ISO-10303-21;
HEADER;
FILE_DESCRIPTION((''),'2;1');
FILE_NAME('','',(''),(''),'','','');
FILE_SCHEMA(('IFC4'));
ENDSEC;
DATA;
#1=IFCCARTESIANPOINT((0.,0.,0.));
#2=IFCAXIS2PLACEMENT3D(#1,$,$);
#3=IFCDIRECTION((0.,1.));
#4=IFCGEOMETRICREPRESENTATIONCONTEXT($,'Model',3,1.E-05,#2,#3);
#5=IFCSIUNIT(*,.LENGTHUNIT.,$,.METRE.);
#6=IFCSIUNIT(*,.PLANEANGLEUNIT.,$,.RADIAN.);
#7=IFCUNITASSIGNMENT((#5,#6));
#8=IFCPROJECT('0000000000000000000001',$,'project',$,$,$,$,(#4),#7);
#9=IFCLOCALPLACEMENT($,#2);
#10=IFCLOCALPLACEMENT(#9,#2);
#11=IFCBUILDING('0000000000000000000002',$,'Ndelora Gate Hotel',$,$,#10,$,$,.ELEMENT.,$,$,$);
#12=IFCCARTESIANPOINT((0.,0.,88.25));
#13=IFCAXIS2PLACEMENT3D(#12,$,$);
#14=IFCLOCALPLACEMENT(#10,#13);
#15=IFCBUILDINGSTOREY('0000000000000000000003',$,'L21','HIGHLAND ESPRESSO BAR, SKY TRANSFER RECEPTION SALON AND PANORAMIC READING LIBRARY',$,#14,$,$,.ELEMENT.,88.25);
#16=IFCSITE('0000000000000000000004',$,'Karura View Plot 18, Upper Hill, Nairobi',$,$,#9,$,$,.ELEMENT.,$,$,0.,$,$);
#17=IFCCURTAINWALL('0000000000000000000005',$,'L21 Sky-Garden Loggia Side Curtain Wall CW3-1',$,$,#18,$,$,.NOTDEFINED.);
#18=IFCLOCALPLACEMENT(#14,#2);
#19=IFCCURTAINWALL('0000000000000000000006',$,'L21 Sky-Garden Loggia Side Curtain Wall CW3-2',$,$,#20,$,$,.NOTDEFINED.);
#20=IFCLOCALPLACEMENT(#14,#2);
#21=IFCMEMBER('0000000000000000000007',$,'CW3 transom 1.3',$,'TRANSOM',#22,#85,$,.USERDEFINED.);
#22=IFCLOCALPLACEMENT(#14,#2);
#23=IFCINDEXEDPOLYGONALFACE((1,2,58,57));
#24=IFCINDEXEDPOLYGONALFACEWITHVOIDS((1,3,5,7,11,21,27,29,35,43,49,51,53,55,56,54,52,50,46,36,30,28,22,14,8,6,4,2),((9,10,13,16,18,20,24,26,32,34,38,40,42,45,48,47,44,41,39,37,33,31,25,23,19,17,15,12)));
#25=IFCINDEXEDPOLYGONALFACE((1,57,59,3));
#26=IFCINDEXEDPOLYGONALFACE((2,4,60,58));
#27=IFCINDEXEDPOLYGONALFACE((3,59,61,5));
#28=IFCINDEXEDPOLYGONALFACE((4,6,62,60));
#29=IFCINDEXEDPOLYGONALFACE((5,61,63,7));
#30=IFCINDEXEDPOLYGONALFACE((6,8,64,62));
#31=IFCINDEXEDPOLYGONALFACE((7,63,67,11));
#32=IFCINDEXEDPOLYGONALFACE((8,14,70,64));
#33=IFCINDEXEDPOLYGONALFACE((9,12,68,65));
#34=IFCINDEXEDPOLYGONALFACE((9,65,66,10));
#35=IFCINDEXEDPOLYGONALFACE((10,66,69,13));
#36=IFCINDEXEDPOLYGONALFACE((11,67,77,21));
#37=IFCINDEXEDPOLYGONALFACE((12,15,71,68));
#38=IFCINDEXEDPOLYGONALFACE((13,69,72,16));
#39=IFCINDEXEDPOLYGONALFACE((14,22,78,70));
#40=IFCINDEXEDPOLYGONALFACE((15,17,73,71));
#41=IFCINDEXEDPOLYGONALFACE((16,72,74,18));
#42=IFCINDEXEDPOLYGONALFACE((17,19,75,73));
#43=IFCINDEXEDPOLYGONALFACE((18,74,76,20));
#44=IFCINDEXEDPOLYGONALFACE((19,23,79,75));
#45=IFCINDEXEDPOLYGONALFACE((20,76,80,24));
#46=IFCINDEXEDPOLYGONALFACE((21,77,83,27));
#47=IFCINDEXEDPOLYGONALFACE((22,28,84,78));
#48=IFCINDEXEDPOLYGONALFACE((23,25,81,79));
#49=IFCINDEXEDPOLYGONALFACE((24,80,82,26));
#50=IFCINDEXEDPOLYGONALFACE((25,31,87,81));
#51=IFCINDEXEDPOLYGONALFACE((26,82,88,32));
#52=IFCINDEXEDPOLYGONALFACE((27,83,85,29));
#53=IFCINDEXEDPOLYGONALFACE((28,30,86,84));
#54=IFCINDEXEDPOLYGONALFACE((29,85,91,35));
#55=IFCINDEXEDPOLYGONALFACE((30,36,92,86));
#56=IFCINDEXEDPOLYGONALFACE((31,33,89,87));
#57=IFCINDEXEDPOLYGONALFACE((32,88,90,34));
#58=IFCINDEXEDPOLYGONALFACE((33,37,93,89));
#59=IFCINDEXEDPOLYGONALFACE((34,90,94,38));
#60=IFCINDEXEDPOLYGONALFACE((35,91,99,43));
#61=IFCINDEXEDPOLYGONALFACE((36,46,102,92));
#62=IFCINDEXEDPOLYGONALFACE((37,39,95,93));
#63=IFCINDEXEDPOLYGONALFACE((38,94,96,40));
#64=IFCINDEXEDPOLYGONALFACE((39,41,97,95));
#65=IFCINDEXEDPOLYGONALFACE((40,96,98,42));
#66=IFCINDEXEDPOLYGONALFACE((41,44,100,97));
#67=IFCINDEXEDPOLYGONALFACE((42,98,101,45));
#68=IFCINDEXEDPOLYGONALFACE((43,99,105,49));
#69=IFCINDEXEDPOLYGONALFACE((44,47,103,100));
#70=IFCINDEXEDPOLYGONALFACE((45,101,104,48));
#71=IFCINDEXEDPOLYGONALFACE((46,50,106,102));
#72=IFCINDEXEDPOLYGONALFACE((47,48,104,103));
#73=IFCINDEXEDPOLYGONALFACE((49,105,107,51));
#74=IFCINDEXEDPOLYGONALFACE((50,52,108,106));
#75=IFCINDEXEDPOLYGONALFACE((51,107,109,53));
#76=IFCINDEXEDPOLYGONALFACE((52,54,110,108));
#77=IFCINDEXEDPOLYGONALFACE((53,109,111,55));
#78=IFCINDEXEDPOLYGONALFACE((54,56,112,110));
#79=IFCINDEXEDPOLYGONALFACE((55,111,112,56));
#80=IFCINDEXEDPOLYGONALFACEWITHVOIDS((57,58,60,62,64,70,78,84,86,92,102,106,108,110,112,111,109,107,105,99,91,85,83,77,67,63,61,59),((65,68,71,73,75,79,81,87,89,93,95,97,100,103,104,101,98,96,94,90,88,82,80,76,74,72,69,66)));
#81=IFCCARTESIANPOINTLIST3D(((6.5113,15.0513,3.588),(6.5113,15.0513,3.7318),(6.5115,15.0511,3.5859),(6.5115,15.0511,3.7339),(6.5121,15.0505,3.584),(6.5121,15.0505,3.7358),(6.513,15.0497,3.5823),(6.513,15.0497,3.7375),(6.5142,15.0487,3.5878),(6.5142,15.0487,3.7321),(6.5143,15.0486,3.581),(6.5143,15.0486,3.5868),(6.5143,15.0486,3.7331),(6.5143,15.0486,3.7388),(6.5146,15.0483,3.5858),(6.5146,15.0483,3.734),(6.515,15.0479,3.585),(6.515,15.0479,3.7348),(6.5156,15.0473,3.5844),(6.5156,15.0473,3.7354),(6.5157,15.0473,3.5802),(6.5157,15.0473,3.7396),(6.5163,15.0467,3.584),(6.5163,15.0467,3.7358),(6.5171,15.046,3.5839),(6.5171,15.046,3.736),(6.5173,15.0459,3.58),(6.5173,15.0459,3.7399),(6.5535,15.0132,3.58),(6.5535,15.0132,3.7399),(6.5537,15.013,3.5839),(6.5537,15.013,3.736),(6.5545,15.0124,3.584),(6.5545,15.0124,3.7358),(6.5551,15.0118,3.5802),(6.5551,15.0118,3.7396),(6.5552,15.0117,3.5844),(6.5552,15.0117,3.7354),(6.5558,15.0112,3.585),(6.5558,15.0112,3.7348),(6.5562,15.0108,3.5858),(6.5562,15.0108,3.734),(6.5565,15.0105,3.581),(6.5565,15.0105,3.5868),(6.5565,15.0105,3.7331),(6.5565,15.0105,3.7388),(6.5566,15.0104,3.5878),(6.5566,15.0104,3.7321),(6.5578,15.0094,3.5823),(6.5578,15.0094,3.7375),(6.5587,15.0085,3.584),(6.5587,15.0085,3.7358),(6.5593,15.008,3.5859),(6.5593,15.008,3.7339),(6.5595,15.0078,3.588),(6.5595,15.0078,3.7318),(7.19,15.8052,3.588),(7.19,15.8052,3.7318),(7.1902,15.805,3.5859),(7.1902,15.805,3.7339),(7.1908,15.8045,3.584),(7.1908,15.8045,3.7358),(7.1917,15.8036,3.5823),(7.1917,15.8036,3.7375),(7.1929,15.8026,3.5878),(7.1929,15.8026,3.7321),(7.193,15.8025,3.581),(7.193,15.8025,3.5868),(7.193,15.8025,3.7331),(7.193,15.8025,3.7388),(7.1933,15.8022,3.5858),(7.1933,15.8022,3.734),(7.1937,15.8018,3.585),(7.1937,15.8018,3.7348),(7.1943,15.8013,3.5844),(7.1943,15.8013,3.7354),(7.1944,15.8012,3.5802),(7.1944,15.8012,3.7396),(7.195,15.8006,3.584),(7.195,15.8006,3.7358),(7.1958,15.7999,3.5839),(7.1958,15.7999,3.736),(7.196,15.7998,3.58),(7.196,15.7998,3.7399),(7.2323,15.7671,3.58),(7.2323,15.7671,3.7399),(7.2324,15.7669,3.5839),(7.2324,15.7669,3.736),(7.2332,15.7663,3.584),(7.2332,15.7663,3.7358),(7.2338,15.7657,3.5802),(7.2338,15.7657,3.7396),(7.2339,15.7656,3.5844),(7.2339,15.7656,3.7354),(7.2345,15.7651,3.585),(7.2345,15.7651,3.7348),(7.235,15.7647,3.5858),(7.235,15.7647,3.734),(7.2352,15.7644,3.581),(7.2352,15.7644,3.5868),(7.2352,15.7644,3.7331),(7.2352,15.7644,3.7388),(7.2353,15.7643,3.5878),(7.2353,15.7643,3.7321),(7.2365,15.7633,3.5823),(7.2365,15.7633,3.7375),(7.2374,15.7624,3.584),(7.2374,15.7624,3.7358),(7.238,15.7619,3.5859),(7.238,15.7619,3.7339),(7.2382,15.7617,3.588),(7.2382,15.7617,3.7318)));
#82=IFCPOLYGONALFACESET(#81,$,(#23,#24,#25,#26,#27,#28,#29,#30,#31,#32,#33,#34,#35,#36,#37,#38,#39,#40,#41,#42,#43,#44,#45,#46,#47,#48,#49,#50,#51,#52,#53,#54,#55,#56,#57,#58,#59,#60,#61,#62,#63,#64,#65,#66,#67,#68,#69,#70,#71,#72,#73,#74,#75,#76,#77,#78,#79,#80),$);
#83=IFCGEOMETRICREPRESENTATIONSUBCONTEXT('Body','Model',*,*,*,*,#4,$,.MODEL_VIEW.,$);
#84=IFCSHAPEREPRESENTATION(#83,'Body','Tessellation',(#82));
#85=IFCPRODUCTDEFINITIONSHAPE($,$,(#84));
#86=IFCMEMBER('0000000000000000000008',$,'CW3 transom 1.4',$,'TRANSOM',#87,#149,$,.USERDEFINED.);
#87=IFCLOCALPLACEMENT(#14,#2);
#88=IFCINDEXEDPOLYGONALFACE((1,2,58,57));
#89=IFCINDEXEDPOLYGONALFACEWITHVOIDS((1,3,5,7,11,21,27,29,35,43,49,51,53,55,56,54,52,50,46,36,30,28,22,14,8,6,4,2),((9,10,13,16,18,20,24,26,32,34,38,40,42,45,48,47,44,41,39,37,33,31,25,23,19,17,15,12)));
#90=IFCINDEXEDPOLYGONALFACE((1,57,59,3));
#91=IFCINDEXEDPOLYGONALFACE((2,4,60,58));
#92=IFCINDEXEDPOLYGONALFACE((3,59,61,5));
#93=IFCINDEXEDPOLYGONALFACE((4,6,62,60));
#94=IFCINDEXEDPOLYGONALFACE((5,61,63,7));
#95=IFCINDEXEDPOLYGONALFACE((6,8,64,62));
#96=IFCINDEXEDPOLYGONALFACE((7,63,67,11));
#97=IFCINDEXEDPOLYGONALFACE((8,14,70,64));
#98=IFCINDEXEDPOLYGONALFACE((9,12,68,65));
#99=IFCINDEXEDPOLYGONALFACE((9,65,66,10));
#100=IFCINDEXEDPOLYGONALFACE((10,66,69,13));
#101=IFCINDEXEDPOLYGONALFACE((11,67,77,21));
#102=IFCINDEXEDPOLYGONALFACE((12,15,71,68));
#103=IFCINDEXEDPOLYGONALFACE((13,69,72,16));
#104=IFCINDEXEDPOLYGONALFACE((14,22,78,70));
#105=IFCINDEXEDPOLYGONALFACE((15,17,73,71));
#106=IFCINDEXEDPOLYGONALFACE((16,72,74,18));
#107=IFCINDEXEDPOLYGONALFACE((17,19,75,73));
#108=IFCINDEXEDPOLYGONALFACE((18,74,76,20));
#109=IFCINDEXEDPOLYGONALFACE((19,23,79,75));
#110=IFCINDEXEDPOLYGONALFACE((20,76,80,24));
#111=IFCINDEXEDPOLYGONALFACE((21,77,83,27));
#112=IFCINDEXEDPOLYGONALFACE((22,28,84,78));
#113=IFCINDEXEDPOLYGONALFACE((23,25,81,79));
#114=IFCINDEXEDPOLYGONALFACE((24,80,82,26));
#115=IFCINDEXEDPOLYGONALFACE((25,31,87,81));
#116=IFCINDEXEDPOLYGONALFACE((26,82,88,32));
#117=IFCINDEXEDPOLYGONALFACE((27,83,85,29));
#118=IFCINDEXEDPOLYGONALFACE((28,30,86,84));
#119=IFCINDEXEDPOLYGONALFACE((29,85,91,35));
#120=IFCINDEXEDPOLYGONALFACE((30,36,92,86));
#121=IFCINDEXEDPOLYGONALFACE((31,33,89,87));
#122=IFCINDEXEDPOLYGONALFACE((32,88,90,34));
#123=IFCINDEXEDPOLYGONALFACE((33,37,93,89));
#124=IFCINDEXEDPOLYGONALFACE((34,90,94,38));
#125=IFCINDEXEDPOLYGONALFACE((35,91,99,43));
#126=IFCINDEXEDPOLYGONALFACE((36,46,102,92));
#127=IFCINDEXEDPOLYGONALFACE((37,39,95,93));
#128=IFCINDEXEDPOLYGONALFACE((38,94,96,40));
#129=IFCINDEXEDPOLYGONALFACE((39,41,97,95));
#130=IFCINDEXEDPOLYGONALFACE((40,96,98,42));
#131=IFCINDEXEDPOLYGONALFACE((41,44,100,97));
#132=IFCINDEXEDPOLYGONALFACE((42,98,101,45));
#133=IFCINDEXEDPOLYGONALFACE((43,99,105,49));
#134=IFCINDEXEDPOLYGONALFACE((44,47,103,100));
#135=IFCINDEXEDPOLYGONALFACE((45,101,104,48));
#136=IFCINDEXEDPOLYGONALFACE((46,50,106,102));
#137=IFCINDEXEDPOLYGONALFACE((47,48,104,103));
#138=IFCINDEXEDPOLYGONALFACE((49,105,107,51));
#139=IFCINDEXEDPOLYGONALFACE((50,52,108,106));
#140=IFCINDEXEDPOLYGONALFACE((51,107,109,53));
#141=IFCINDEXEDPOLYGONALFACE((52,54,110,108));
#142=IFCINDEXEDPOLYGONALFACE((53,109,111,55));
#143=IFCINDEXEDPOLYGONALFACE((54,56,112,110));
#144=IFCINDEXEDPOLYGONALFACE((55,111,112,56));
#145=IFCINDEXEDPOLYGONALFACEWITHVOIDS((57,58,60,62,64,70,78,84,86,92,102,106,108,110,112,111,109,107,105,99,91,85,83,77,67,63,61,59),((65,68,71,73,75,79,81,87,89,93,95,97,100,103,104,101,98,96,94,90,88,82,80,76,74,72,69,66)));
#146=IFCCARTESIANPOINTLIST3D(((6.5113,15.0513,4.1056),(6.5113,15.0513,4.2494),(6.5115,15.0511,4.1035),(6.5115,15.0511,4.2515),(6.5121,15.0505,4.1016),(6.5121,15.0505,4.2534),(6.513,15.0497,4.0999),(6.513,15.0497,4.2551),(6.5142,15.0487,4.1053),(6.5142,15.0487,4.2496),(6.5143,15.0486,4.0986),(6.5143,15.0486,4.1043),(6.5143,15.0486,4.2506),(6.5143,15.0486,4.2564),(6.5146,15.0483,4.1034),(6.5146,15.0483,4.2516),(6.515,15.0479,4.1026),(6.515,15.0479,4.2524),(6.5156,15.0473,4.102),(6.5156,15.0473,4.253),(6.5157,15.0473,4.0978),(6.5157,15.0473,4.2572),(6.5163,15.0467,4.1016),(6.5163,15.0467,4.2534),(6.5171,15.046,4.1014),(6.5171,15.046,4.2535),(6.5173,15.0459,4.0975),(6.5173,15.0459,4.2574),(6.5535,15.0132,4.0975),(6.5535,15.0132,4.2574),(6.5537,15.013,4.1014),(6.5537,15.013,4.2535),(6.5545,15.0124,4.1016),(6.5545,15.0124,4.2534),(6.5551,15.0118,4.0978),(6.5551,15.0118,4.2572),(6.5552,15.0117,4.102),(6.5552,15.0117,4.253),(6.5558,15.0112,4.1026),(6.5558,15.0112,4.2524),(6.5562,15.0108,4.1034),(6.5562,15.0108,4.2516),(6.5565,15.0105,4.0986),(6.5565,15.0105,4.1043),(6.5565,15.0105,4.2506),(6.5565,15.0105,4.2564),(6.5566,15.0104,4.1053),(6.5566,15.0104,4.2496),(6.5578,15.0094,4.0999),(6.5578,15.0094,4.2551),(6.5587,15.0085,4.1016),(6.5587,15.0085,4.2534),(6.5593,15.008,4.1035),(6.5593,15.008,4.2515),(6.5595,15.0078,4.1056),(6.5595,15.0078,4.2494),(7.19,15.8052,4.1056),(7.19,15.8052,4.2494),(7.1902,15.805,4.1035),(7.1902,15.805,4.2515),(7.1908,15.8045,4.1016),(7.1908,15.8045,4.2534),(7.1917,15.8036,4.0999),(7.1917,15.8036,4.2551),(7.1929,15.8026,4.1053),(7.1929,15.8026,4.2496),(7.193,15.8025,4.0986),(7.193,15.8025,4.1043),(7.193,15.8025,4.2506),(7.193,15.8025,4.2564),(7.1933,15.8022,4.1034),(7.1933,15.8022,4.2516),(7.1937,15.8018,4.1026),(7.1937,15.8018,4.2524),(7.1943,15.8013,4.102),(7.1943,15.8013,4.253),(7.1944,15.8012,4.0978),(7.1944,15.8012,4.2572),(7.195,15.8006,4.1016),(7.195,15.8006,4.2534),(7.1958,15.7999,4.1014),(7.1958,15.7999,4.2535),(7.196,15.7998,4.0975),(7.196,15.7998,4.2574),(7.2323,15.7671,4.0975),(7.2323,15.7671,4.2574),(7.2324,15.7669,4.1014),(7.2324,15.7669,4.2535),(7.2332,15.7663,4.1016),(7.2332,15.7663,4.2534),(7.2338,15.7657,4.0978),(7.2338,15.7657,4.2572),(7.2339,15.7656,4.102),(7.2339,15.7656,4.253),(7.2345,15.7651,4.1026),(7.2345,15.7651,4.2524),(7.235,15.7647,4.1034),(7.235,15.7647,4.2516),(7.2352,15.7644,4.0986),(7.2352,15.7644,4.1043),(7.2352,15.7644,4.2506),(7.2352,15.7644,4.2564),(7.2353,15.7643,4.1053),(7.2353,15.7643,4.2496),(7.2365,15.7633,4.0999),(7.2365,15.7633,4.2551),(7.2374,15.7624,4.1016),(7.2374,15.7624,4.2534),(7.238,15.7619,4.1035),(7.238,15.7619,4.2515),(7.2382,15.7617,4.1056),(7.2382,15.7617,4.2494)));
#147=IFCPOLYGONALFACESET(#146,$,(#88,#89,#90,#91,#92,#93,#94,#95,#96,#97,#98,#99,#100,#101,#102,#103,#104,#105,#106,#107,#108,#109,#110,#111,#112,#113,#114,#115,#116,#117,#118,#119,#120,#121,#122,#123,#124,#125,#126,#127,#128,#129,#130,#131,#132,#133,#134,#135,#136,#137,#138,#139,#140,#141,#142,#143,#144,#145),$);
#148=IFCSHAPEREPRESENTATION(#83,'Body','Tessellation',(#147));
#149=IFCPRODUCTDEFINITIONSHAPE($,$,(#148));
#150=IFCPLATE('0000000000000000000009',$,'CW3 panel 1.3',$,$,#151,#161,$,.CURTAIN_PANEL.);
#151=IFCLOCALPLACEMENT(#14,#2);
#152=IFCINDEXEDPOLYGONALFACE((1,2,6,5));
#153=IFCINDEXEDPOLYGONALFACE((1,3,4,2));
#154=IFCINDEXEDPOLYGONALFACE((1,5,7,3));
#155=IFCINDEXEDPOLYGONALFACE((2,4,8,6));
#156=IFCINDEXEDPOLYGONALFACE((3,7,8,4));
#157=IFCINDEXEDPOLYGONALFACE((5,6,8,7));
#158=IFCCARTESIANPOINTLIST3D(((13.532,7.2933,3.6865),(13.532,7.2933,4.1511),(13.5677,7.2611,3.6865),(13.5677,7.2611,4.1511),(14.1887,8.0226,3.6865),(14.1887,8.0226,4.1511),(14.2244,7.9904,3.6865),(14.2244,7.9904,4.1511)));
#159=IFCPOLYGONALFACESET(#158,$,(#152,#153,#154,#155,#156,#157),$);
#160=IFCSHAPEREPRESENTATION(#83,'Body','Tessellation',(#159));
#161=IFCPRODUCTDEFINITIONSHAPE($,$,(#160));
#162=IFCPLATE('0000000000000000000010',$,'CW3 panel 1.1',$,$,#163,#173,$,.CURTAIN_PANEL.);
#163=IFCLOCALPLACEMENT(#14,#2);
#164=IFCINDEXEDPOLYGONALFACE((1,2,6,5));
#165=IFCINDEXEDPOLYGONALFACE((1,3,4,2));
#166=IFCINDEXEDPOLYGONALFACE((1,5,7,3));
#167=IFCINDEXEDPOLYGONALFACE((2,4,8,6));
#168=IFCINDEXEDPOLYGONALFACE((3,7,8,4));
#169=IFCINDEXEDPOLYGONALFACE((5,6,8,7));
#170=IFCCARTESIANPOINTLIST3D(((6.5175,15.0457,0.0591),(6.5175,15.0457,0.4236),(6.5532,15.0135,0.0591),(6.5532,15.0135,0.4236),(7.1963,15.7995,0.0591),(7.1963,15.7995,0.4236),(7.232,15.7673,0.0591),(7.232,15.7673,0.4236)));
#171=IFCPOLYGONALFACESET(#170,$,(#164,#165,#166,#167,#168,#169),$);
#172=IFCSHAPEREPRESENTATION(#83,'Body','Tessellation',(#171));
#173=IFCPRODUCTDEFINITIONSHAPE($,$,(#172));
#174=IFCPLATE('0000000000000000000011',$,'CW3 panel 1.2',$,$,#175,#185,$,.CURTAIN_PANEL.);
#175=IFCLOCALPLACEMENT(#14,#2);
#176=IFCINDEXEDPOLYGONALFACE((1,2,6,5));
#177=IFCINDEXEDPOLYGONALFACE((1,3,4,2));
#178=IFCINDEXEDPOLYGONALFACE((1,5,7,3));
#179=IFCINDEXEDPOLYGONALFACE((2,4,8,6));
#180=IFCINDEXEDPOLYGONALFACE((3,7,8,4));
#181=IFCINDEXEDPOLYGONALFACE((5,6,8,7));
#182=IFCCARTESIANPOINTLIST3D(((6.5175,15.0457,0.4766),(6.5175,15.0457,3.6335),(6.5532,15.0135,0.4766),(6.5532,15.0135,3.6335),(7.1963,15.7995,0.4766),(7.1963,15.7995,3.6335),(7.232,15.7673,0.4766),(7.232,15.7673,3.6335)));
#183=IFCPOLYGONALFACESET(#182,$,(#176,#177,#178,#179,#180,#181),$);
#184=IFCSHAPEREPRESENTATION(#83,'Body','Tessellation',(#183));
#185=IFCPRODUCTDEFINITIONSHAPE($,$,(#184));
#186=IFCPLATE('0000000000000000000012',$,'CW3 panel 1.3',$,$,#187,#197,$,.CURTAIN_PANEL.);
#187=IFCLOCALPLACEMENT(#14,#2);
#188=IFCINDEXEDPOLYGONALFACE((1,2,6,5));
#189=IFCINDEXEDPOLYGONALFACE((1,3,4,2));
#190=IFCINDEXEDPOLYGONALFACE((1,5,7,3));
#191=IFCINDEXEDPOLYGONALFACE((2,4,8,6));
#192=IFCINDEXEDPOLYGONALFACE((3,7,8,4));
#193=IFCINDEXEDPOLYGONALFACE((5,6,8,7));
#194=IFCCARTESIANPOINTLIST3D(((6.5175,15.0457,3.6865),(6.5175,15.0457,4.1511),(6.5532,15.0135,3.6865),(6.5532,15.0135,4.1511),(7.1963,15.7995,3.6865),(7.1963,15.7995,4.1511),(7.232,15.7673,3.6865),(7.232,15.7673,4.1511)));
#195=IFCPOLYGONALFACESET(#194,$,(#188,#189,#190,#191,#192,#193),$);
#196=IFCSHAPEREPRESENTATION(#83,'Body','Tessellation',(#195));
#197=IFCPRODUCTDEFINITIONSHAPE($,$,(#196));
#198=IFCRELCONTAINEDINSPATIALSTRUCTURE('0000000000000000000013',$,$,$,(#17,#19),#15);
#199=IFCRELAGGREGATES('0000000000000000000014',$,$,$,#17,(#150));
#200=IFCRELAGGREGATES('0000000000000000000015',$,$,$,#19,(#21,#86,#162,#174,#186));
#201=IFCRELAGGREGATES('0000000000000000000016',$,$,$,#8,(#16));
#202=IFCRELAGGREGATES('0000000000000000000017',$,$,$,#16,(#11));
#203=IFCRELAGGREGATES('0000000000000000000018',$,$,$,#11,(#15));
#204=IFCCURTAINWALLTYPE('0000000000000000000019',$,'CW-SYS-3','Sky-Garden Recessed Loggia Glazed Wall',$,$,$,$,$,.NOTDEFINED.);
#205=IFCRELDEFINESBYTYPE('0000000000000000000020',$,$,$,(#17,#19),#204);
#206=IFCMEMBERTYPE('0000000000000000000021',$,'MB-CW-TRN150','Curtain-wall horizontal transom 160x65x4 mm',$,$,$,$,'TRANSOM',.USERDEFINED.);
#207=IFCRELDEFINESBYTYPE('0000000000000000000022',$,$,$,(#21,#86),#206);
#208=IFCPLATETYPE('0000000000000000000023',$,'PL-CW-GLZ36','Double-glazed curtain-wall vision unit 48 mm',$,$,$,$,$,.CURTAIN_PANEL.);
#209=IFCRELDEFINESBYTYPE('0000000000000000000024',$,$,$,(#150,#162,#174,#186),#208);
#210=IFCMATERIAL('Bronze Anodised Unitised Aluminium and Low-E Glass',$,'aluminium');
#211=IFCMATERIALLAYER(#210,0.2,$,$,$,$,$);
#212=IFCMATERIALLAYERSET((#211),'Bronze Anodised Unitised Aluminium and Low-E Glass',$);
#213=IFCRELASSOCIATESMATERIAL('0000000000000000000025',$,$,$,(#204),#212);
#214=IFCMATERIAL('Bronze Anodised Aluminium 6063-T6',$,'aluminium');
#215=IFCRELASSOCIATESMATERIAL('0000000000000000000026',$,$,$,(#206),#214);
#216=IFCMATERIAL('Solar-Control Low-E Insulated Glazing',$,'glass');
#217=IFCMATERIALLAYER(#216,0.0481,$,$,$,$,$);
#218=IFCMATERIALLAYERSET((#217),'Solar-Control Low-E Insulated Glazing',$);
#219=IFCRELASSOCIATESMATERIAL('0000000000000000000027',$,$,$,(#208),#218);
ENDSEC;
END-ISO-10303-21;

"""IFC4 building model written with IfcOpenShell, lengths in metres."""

from ifc_helpers import new_model, si_unit, direction, frame, origin, origin_2d, place, context, subcontext, project, spatial, rectangle, hollow_rectangle, extrude, material, layer, layer_set, material_profile, profile_set, type_object, element, aggregate, save


model = new_model("IFC4")

# Units and contexts
model_context = context("Model", 3, precision=1e-05, world=origin(), true_north=direction((0.0, 1.0)))
body_context = subcontext(model_context, "Body", "Model", "MODEL_VIEW")
ifc_project = project(units=[si_unit("LENGTHUNIT", "METRE"), si_unit("PLANEANGLEUNIT", "RADIAN")], contexts=[model_context])

# Site, building, storey
site_placement = place(None, origin())
site = spatial("IfcSite", under=ifc_project, at=site_placement, Name="Karura View Plot 18, Upper Hill, Nairobi", CompositionType="ELEMENT", RefElevation=0.0)
building_placement = place(site_placement, origin())
building = spatial("IfcBuilding", under=site, at=building_placement, Name="Ndelora Gate Hotel", CompositionType="ELEMENT")
storey_placement = place(building_placement, frame((0.0, 0.0, 88.25)))
storey = spatial("IfcBuildingStorey", under=building, at=storey_placement, Name="L21", Description="HIGHLAND ESPRESSO BAR, SKY TRANSFER RECEPTION SALON AND PANORAMIC READING LIBRARY", CompositionType="ELEMENT", Elevation=88.25)

# Curtain walls
ifc_material_1 = material(Name="Bronze Anodised Unitised Aluminium and Low-E Glass", Category="aluminium")
ifc_layer_1 = layer(ifc_material_1, 0.2)
ifc_layer_set_1 = layer_set([ifc_layer_1], Name="Bronze Anodised Unitised Aluminium and Low-E Glass")
curtain_wall_type = type_object("IfcCurtainWallType", Name="CW-SYS-3", Description="Sky-Garden Recessed Loggia Glazed Wall", PredefinedType="NOTDEFINED", material=ifc_layer_set_1)
curtain_wall_1_placement = place(storey_placement, origin())
curtain_wall_1 = element("IfcCurtainWall", 1, at=curtain_wall_1_placement, inside=storey, type_object=curtain_wall_type, Name="L21 Sky-Garden Loggia Side Curtain Wall CW3-1", PredefinedType="NOTDEFINED")
ifc_material_2 = material(Name="Bronze Anodised Aluminium 6063-T6", Category="aluminium")
curtain_wall_2_placement = place(storey_placement, origin())
curtain_wall_2 = element("IfcCurtainWall", 2, at=curtain_wall_2_placement, inside=storey, type_object=curtain_wall_type, Name="L21 Sky-Garden Loggia Side Curtain Wall CW3-2", PredefinedType="NOTDEFINED")

# Members
ifc_material_profile_1 = material_profile(ifc_material_2, hollow_rectangle(XDim=0.0649, YDim=0.1599, WallThickness=0.0039, InnerFilletRadius=0.0039, OuterFilletRadius=0.0081, at=origin_2d()), Name="ALU 160x65x4")
ifc_profile_set_1 = profile_set([ifc_material_profile_1], Name="Bronze Anodised Aluminium 6063-T6")
member_type_1 = type_object("IfcMemberType", Name="MB-CW-TRN150", Description="Curtain-wall horizontal transom 160x65x4 mm", ElementType="TRANSOM", PredefinedType="USERDEFINED", material=ifc_profile_set_1)
member_1_placement = place(storey_placement, frame((7.2141, 15.7834, 3.6599), z_axis=(-0.669071, -0.743198, 0.0), x_axis=(0.743198, -0.669071, 0.0)))
member_1 = element("IfcMember", 3, at=member_1_placement, type_object=member_type_1, Name="CW3 transom 1.3", ObjectType="TRANSOM", PredefinedType="USERDEFINED", context=body_context, shape_type="SweptSolid", body=[
    extrude(hollow_rectangle(XDim=0.0649, YDim=0.1599, WallThickness=0.0039, InnerFilletRadius=0.0039, OuterFilletRadius=0.0081, at=origin_2d()), origin(), (0.0, 0.0, 1.0), 1.0144),
])
member_2_placement = place(storey_placement, frame((7.2141, 15.7834, 4.1775), z_axis=(-0.669071, -0.743198, 0.0), x_axis=(0.743198, -0.669071, 0.0)))
member_2 = element("IfcMember", 4, at=member_2_placement, type_object=member_type_1, Name="CW3 transom 1.4", ObjectType="TRANSOM", PredefinedType="USERDEFINED", context=body_context, shape_type="SweptSolid", body=[
    extrude(hollow_rectangle(XDim=0.0649, YDim=0.1599, WallThickness=0.0039, InnerFilletRadius=0.0039, OuterFilletRadius=0.0081, at=origin_2d()), origin(), (0.0, 0.0, 1.0), 1.0144),
])

# Plates
ifc_material_3 = material(Name="Solar-Control Low-E Insulated Glazing", Category="glass")
ifc_layer_2 = layer(ifc_material_3, 0.0481)
ifc_layer_set_2 = layer_set([ifc_layer_2], Name="Solar-Control Low-E Insulated Glazing")
plate_type = type_object("IfcPlateType", Name="PL-CW-GLZ36", Description="Double-glazed curtain-wall vision unit 48 mm", PredefinedType="CURTAIN_PANEL", material=ifc_layer_set_2)
plate_1_placement = place(storey_placement, frame((13.8782, 7.6418, 3.6865), z_axis=(0.0, 0.0, 1.0), x_axis=(0.669115, 0.743158, 0.0)))
plate_1 = element("IfcPlate", 5, at=plate_1_placement, type_object=plate_type, Name="CW3 panel 1.3", PredefinedType="CURTAIN_PANEL", context=body_context, shape_type="SweptSolid", body=[
    extrude(rectangle(XDim=0.9814, YDim=0.0481, at=origin_2d()), origin(), (0.0, 0.0, 1.0), 0.4646),
])
aggregate(curtain_wall_1, [plate_1])
plate_2_placement = place(storey_placement, frame((6.8748, 15.4065, 0.0591), z_axis=(0.0, 0.0, 1.0), x_axis=(-0.669138, -0.743138, 0.0)))
plate_2 = element("IfcPlate", 6, at=plate_2_placement, type_object=plate_type, Name="CW3 panel 1.1", PredefinedType="CURTAIN_PANEL", context=body_context, shape_type="SweptSolid", body=[
    extrude(rectangle(XDim=1.0144, YDim=0.0481, at=origin_2d()), origin(), (0.0, 0.0, 1.0), 0.3645),
])
plate_3_placement = place(storey_placement, frame((6.8748, 15.4065, 0.4766), z_axis=(0.0, 0.0, 1.0), x_axis=(-0.669138, -0.743138, 0.0)))
plate_3 = element("IfcPlate", 7, at=plate_3_placement, type_object=plate_type, Name="CW3 panel 1.2", PredefinedType="CURTAIN_PANEL", context=body_context, shape_type="SweptSolid", body=[
    extrude(rectangle(XDim=1.0144, YDim=0.0481, at=origin_2d()), origin(), (0.0, 0.0, 1.0), 3.157),
])
plate_4_placement = place(storey_placement, frame((6.8748, 15.4065, 3.6865), z_axis=(0.0, 0.0, 1.0), x_axis=(-0.669138, -0.743138, 0.0)))
plate_4 = element("IfcPlate", 8, at=plate_4_placement, type_object=plate_type, Name="CW3 panel 1.3", PredefinedType="CURTAIN_PANEL", context=body_context, shape_type="SweptSolid", body=[
    extrude(rectangle(XDim=1.0144, YDim=0.0481, at=origin_2d()), origin(), (0.0, 0.0, 1.0), 0.4646),
])
aggregate(curtain_wall_2, [member_1, member_2, plate_2, plate_3, plate_4])

save(model, "model.ifc")
